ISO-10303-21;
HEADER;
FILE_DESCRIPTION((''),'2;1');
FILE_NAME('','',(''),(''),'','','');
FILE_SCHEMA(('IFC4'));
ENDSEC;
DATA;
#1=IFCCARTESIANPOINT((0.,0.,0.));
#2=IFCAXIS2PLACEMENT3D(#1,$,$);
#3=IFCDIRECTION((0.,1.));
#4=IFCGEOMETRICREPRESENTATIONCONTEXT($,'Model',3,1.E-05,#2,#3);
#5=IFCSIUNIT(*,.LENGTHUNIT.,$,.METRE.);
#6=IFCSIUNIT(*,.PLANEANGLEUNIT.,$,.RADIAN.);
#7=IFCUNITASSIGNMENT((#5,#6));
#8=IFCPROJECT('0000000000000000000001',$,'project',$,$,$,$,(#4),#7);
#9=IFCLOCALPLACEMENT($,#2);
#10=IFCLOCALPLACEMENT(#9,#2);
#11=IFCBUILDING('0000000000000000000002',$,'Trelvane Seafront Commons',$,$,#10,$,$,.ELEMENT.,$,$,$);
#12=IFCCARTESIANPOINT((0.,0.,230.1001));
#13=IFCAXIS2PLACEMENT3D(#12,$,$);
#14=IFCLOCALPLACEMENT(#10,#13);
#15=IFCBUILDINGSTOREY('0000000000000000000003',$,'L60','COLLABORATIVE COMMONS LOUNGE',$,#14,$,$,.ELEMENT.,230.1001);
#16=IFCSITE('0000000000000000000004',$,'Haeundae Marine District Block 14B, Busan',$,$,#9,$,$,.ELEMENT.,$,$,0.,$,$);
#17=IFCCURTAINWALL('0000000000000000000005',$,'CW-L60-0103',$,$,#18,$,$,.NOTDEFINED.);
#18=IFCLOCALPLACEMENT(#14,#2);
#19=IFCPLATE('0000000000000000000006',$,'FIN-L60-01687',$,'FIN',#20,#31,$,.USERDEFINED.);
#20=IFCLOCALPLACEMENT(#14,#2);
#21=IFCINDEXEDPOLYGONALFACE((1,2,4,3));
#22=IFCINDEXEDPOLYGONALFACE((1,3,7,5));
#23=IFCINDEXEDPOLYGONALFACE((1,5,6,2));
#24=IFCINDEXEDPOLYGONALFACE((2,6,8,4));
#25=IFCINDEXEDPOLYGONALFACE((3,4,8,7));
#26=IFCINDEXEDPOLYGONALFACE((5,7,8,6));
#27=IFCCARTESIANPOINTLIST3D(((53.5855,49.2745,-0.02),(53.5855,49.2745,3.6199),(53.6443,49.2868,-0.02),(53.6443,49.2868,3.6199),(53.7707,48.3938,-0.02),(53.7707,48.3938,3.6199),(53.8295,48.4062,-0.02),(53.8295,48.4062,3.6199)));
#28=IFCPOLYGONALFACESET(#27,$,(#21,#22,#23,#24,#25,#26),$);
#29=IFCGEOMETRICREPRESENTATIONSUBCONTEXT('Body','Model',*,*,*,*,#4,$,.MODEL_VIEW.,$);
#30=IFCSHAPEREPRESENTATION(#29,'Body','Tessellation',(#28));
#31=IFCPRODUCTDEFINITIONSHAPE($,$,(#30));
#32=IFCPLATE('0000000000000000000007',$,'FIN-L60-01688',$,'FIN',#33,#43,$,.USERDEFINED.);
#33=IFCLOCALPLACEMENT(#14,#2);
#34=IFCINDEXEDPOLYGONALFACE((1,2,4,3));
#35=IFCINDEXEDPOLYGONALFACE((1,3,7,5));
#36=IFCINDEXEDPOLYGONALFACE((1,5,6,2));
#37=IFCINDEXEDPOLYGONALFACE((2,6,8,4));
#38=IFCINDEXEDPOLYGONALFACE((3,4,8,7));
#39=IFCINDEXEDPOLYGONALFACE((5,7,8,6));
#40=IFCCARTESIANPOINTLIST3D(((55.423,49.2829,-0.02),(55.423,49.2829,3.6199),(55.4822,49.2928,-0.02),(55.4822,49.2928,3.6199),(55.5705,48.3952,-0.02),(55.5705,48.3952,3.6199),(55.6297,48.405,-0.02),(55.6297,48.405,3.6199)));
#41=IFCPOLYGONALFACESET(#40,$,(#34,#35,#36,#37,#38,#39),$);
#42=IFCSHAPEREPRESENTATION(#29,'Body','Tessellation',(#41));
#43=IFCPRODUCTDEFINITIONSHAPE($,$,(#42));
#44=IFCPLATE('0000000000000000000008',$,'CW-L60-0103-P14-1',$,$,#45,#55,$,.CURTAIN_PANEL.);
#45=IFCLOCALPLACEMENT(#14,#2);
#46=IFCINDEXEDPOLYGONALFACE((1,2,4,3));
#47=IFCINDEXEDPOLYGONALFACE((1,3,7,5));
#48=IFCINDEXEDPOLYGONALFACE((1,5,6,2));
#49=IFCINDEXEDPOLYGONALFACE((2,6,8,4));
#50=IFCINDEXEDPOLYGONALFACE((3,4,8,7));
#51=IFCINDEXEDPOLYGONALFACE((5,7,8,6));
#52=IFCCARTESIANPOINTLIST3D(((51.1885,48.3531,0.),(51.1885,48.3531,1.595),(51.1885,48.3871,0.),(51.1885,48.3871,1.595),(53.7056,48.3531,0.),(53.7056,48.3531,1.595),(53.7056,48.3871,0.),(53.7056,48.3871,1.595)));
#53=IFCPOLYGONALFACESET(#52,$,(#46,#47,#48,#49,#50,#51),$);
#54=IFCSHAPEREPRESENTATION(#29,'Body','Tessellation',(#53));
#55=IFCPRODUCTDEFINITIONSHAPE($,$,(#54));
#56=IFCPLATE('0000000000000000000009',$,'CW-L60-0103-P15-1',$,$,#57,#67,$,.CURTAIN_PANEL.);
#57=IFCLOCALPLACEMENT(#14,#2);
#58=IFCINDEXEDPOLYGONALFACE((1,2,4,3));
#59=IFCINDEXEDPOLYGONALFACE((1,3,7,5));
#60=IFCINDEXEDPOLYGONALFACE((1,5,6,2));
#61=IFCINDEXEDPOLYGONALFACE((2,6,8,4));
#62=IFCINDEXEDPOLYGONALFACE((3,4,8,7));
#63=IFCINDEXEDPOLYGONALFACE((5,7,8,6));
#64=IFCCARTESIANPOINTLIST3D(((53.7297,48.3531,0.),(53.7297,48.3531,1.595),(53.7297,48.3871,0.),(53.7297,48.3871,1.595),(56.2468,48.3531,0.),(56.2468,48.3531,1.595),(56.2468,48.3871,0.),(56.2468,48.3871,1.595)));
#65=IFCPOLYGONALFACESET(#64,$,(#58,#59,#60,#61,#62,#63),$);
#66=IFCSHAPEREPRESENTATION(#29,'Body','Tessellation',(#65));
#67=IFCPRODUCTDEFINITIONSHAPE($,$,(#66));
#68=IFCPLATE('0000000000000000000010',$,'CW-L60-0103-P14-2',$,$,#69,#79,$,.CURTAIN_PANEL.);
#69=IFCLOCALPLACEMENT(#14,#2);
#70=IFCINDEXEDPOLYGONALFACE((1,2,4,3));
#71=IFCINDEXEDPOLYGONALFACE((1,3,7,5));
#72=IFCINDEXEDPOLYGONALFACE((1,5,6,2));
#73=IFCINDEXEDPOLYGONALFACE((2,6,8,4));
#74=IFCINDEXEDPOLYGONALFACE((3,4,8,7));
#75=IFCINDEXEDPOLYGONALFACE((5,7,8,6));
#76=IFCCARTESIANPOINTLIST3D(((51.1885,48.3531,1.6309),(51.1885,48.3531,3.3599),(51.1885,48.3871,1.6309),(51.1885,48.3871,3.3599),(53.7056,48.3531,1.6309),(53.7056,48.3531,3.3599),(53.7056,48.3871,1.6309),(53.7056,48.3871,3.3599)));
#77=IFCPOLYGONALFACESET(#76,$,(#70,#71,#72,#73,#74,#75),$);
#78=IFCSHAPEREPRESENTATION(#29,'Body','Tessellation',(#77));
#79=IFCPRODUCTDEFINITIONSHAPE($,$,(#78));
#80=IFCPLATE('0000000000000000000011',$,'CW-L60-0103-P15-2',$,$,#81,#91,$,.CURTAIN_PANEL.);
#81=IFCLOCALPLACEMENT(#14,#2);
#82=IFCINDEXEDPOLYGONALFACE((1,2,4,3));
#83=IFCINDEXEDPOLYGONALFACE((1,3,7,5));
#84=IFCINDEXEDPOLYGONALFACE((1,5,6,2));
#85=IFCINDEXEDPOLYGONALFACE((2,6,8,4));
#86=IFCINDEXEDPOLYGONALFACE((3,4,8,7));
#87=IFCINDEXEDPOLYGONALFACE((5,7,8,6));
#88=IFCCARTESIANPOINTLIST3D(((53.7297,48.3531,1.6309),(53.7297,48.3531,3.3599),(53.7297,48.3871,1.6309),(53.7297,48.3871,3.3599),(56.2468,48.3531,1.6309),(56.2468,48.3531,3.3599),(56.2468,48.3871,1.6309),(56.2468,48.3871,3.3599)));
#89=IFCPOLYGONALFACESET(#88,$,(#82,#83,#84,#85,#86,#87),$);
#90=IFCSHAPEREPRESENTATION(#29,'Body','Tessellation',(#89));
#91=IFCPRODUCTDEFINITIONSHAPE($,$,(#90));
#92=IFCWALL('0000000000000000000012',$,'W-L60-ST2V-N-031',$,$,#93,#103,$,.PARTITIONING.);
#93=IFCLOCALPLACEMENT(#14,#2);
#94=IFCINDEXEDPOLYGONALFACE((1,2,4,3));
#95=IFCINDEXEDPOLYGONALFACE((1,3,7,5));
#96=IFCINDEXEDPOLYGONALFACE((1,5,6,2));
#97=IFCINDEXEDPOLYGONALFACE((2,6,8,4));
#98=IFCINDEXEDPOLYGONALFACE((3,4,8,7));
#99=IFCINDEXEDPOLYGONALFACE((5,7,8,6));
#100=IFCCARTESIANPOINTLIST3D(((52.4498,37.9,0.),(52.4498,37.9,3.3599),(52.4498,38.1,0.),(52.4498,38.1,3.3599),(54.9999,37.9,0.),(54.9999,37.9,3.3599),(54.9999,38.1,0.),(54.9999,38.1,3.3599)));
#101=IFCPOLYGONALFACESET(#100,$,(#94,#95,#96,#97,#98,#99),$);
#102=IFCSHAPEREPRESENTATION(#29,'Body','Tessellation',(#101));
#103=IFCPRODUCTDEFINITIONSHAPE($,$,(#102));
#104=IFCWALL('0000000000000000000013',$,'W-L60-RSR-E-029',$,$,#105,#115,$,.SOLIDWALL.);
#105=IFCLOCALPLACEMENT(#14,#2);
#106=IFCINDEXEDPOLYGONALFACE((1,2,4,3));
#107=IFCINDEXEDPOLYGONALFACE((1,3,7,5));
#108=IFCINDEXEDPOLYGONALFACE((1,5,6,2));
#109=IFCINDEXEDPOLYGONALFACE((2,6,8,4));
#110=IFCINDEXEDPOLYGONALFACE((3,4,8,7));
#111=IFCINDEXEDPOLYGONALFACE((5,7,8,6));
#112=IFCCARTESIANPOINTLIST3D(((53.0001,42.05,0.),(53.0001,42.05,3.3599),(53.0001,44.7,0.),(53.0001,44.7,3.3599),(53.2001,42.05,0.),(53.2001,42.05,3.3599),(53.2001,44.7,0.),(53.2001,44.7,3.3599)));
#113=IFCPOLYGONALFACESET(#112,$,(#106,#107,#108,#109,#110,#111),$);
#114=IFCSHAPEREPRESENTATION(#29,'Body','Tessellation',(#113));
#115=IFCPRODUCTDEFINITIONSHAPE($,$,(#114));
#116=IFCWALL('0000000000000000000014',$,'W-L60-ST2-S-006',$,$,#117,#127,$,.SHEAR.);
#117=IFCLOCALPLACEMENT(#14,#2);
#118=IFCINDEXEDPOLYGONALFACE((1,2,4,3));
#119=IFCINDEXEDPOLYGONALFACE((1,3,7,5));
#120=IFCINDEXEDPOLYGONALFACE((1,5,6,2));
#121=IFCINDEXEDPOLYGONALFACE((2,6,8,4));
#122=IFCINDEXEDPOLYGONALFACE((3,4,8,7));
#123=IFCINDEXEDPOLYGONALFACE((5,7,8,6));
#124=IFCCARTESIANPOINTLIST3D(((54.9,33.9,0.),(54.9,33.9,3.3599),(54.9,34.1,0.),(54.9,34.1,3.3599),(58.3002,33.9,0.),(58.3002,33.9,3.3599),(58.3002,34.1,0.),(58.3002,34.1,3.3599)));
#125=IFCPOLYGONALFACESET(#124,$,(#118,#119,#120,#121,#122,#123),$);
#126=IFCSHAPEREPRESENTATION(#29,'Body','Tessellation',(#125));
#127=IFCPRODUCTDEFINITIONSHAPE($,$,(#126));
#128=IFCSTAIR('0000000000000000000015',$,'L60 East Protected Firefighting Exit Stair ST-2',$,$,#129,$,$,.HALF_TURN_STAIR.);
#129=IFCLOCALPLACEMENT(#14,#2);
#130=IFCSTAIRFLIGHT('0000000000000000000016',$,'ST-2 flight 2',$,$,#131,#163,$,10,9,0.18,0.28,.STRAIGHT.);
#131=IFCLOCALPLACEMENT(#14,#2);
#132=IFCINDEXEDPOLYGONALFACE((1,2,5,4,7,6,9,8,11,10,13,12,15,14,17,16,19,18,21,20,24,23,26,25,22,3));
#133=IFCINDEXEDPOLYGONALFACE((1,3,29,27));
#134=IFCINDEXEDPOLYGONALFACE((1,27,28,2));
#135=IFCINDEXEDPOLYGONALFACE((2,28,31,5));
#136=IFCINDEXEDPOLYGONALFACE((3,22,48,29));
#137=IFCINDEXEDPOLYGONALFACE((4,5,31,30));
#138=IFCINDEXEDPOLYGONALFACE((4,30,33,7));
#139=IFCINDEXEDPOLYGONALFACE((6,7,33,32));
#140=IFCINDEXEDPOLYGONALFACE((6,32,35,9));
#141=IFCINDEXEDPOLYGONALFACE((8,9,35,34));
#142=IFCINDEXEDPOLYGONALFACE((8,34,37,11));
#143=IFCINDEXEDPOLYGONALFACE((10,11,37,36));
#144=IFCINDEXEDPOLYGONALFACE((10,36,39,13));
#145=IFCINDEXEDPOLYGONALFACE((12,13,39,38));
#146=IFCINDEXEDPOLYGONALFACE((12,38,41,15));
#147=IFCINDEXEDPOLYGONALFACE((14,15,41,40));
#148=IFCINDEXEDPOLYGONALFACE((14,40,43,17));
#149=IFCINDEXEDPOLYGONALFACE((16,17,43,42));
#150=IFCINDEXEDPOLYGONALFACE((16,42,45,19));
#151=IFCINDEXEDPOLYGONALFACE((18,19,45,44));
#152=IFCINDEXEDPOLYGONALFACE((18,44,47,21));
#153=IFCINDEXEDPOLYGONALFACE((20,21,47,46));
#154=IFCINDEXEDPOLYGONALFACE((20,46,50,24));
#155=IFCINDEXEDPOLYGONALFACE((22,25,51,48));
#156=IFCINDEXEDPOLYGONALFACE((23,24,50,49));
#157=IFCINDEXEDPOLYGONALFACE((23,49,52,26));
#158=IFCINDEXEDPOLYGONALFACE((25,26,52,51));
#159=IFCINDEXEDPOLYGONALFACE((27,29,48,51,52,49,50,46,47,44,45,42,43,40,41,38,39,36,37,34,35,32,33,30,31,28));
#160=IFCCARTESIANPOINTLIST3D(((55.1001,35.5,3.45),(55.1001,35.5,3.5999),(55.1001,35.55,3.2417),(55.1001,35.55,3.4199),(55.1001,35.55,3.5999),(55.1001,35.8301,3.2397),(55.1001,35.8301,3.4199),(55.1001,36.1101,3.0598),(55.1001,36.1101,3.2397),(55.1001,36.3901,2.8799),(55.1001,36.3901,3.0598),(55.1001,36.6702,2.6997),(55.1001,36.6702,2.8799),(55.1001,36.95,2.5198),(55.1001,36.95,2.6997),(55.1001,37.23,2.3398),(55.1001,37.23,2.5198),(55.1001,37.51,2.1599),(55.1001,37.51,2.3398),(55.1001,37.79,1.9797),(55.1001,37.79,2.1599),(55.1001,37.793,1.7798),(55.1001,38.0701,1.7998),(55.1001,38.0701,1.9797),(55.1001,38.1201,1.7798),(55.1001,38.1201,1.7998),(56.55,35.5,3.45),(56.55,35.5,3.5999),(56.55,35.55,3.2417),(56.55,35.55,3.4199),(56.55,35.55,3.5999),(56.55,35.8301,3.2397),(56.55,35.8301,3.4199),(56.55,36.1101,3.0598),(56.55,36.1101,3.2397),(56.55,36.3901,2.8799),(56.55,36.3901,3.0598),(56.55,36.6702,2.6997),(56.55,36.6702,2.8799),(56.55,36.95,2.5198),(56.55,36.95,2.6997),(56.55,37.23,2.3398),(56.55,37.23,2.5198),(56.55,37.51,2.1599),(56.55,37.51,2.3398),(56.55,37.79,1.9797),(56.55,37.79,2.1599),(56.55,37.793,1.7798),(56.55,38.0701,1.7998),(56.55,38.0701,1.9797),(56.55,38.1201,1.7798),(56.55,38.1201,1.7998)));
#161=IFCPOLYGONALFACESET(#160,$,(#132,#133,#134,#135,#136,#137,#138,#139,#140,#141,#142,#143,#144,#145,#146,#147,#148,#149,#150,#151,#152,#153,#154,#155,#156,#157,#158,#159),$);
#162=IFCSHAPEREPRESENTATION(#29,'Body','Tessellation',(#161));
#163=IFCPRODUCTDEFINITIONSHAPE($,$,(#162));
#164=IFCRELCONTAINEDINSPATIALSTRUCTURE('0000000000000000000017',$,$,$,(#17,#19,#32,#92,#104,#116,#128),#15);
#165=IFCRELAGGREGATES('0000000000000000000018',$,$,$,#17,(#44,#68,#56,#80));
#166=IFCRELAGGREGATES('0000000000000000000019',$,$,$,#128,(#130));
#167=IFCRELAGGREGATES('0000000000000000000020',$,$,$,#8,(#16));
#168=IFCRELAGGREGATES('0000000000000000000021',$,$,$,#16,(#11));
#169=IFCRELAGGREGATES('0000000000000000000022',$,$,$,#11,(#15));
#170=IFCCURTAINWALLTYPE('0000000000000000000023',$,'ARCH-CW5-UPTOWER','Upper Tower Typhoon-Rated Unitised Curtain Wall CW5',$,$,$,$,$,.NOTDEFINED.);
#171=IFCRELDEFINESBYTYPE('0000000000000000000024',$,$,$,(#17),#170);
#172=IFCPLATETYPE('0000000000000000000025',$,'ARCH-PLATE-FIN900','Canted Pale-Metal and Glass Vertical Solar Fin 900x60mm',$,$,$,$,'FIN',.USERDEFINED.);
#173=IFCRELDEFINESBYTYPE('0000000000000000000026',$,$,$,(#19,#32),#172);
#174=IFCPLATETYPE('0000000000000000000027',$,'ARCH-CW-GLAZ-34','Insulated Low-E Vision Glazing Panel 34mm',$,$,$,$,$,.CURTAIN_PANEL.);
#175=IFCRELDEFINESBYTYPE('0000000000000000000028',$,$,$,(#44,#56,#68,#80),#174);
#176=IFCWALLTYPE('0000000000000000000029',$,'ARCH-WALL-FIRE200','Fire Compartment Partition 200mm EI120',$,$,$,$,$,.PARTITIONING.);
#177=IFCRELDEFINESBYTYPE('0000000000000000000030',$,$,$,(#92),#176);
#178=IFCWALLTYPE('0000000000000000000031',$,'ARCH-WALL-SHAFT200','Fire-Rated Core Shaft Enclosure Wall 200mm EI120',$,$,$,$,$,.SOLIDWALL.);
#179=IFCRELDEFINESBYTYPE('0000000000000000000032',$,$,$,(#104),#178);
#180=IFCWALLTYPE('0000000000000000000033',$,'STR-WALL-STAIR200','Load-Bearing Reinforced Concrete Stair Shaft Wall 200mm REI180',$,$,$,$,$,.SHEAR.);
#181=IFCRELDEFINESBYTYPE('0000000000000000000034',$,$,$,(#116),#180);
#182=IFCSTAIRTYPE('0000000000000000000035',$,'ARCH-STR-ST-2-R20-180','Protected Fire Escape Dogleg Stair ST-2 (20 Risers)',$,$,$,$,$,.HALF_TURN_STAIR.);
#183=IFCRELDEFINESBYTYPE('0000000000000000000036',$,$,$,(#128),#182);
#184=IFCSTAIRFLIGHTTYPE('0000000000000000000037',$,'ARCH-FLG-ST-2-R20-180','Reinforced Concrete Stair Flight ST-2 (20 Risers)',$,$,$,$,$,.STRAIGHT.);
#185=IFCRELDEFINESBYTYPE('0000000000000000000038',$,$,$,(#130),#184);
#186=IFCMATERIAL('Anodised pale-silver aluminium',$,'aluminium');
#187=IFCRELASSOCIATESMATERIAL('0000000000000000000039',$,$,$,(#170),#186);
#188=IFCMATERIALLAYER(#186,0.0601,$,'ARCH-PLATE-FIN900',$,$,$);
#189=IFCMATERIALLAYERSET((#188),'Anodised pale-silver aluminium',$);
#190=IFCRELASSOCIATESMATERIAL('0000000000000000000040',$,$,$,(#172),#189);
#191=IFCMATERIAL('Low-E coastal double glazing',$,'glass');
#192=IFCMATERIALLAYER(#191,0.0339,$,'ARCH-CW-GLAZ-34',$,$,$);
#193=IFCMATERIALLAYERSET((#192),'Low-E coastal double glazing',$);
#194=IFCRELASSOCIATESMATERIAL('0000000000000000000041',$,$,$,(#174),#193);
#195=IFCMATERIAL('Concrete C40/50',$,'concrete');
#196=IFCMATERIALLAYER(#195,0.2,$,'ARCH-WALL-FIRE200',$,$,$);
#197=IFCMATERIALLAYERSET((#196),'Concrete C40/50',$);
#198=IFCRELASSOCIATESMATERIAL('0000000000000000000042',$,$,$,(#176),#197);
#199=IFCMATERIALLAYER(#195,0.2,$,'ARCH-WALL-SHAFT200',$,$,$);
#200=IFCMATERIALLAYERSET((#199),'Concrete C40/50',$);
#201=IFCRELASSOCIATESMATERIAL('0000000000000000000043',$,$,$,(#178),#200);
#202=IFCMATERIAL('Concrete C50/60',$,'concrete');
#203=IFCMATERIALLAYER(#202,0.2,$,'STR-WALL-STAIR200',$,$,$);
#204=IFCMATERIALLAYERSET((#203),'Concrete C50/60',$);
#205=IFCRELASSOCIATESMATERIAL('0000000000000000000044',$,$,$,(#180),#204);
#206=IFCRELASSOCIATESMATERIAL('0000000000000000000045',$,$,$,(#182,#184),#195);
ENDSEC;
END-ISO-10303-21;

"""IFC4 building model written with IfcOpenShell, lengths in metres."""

from ifc_helpers import new_model, si_unit, direction, frame, frame_2d, origin, origin_2d, place, context, subcontext, project, spatial, polyline, rectangle, outline, extrude, source, transform, mapped, material, layer, layer_set, type_object, element, aggregate, save


model = new_model("IFC4")

# Units and contexts
model_context = context("Model", 3, precision=1e-05, world=origin(), true_north=direction((0.0, 1.0)))
body_context = subcontext(model_context, "Body", "Model", "MODEL_VIEW")
ifc_project = project(units=[si_unit("LENGTHUNIT", "METRE"), si_unit("PLANEANGLEUNIT", "RADIAN")], contexts=[model_context])

# Site, building, storey
site_placement = place(None, origin())
site = spatial("IfcSite", under=ifc_project, at=site_placement, Name="Haeundae Marine District Block 14B, Busan", CompositionType="ELEMENT", RefElevation=0.0)
building_placement = place(site_placement, origin())
building = spatial("IfcBuilding", under=site, at=building_placement, Name="Trelvane Seafront Commons", CompositionType="ELEMENT")
storey_placement = place(building_placement, frame((0.0, 0.0, 230.1001)))
storey = spatial("IfcBuildingStorey", under=building, at=storey_placement, Name="L60", Description="COLLABORATIVE COMMONS LOUNGE", CompositionType="ELEMENT", Elevation=230.1001)

# Shared definitions
ifc_material_1 = material(Name="Concrete C50/60", Category="concrete")

# Curtain wall
ifc_material_2 = material(Name="Anodised pale-silver aluminium", Category="aluminium")
curtain_wall_type = type_object("IfcCurtainWallType", Name="ARCH-CW5-UPTOWER", Description="Upper Tower Typhoon-Rated Unitised Curtain Wall CW5", PredefinedType="NOTDEFINED", material=ifc_material_2)
curtain_wall_placement = place(storey_placement, origin())
curtain_wall = element("IfcCurtainWall", 1, at=curtain_wall_placement, inside=storey, type_object=curtain_wall_type, Name="CW-L60-0103", PredefinedType="NOTDEFINED")

# Plates
ifc_layer_1 = layer(ifc_material_2, 0.0601, Name="ARCH-PLATE-FIN900")
ifc_layer_set_1 = layer_set([ifc_layer_1], Name="Anodised pale-silver aluminium")
plate_type_1 = type_object("IfcPlateType", Name="ARCH-PLATE-FIN900", Description="Canted Pale-Metal and Glass Vertical Solar Fin 900x60mm", ElementType="FIN", PredefinedType="USERDEFINED", material=ifc_layer_set_1)
shared_shape_1 = source(origin(), body_context, "Body", "SweptSolid", [
    extrude(rectangle(XDim=0.8999, YDim=0.0601, at=origin_2d()), origin(), (0.0, 0.0, 1.0), 3.6399),
])
for number, where, z_axis, x_axis, name in (
    (2, (53.7075, 48.8403, -0.02), (0.0, 0.0, 1.0), (-0.205786, 0.978597, 0.0), "FIN-L60-01687"),
    (3, (55.5264, 48.844, -0.02), (0.0, 0.0, 1.0), (-0.163894, 0.986478, 0.0), "FIN-L60-01688"),
):
    element("IfcPlate", number, at=place(storey_placement, frame(where, z_axis=z_axis, x_axis=x_axis)), inside=storey, type_object=plate_type_1, Name=name, ObjectType="FIN", PredefinedType="USERDEFINED", context=body_context, shape_type="MappedRepresentation", body=[
        mapped(shared_shape_1, transform((0.0, 0.0, 0.0), x_axis=(1.0, 0.0, 0.0), y_axis=(0.0, 1.0, 0.0), z_axis=(0.0, 0.0, 1.0), scale=1.0)),
    ])

# Plates
ifc_material_3 = material(Name="Low-E coastal double glazing", Category="glass")
ifc_layer_2 = layer(ifc_material_3, 0.0339, Name="ARCH-CW-GLAZ-34")
ifc_layer_set_2 = layer_set([ifc_layer_2], Name="Low-E coastal double glazing")
plate_type_2 = type_object("IfcPlateType", Name="ARCH-CW-GLAZ-34", Description="Insulated Low-E Vision Glazing Panel 34mm", PredefinedType="CURTAIN_PANEL", material=ifc_layer_set_2)
shared_shape_2 = source(origin(), body_context, "Body", "SweptSolid", [
    extrude(rectangle(XDim=2.5171, YDim=0.0339, at=origin_2d()), origin(), (0.0, 0.0, 1.0), 1.595),
])
plate_1_placement = place(storey_placement, frame((52.447, 48.3701, 0.0), z_axis=(0.0, 0.0, 1.0), x_axis=(1.0, 0.0, 0.0)))
plate_1 = element("IfcPlate", 4, at=plate_1_placement, type_object=plate_type_2, Name="CW-L60-0103-P14-1", PredefinedType="CURTAIN_PANEL", context=body_context, shape_type="MappedRepresentation", body=[
    mapped(shared_shape_2, transform((0.0, 0.0, 0.0), x_axis=(1.0, 0.0, 0.0), y_axis=(0.0, 1.0, 0.0), z_axis=(0.0, 0.0, 1.0), scale=1.0)),
])
plate_2_placement = place(storey_placement, frame((54.9883, 48.3701, 0.0), z_axis=(0.0, 0.0, 1.0), x_axis=(1.0, 0.0, 0.0)))
plate_2 = element("IfcPlate", 5, at=plate_2_placement, type_object=plate_type_2, Name="CW-L60-0103-P15-1", PredefinedType="CURTAIN_PANEL", context=body_context, shape_type="MappedRepresentation", body=[
    mapped(shared_shape_2, transform((0.0, 0.0, 0.0), x_axis=(1.0, 0.0, 0.0), y_axis=(0.0, 1.0, 0.0), z_axis=(0.0, 0.0, 1.0), scale=1.0)),
])
shared_shape_3 = source(origin(), body_context, "Body", "SweptSolid", [
    extrude(rectangle(XDim=2.5171, YDim=0.0339, at=origin_2d()), origin(), (0.0, 0.0, 1.0), 1.729),
])
plate_3_placement = place(storey_placement, frame((52.447, 48.3701, 1.6309), z_axis=(0.0, 0.0, 1.0), x_axis=(1.0, 0.0, 0.0)))
plate_3 = element("IfcPlate", 6, at=plate_3_placement, type_object=plate_type_2, Name="CW-L60-0103-P14-2", PredefinedType="CURTAIN_PANEL", context=body_context, shape_type="MappedRepresentation", body=[
    mapped(shared_shape_3, transform((0.0, 0.0, 0.0), x_axis=(1.0, 0.0, 0.0), y_axis=(0.0, 1.0, 0.0), z_axis=(0.0, 0.0, 1.0), scale=1.0)),
])
plate_4_placement = place(storey_placement, frame((54.9883, 48.3701, 1.6309), z_axis=(0.0, 0.0, 1.0), x_axis=(1.0, 0.0, 0.0)))
plate_4 = element("IfcPlate", 7, at=plate_4_placement, type_object=plate_type_2, Name="CW-L60-0103-P15-2", PredefinedType="CURTAIN_PANEL", context=body_context, shape_type="MappedRepresentation", body=[
    mapped(shared_shape_3, transform((0.0, 0.0, 0.0), x_axis=(1.0, 0.0, 0.0), y_axis=(0.0, 1.0, 0.0), z_axis=(0.0, 0.0, 1.0), scale=1.0)),
])
aggregate(curtain_wall, [plate_1, plate_3, plate_2, plate_4])

# Walls
ifc_material_4 = material(Name="Concrete C40/50", Category="concrete")
ifc_layer_3 = layer(ifc_material_4, 0.2, Name="ARCH-WALL-FIRE200")
ifc_layer_set_3 = layer_set([ifc_layer_3], Name="Concrete C40/50")
wall_type_1 = type_object("IfcWallType", Name="ARCH-WALL-FIRE200", Description="Fire Compartment Partition 200mm EI120", PredefinedType="PARTITIONING", material=ifc_layer_set_3)
wall_1_placement = place(storey_placement, frame((52.45, 38.0, 0.0), z_axis=(0.0, 0.0, 1.0), x_axis=(1.0, 0.0, 0.0)))
element("IfcWall", 8, at=wall_1_placement, inside=storey, type_object=wall_type_1, Name="W-L60-ST2V-N-031", PredefinedType="PARTITIONING", context=body_context, shape_type="SweptSolid", body=[
    extrude(rectangle(XDim=2.55, YDim=0.2, at=frame_2d((1.2749, 0.0))), origin(), (0.0, 0.0, 1.0), 3.3599),
])
ifc_layer_4 = layer(ifc_material_4, 0.2, Name="ARCH-WALL-SHAFT200")
ifc_layer_set_4 = layer_set([ifc_layer_4], Name="Concrete C40/50")
wall_type_2 = type_object("IfcWallType", Name="ARCH-WALL-SHAFT200", Description="Fire-Rated Core Shaft Enclosure Wall 200mm EI120", PredefinedType="SOLIDWALL", material=ifc_layer_set_4)
wall_2_placement = place(storey_placement, frame((53.1001, 42.05, 0.0), z_axis=(0.0, 0.0, 1.0), x_axis=(0.0, 1.0, 0.0)))
element("IfcWall", 9, at=wall_2_placement, inside=storey, type_object=wall_type_2, Name="W-L60-RSR-E-029", PredefinedType="SOLIDWALL", context=body_context, shape_type="SweptSolid", body=[
    extrude(rectangle(XDim=2.6499, YDim=0.2, at=frame_2d((1.325, 0.0))), origin(), (0.0, 0.0, 1.0), 3.3599),
])
ifc_layer_5 = layer(ifc_material_1, 0.2, Name="STR-WALL-STAIR200")
ifc_layer_set_5 = layer_set([ifc_layer_5], Name="Concrete C50/60")
wall_type_3 = type_object("IfcWallType", Name="STR-WALL-STAIR200", Description="Load-Bearing Reinforced Concrete Stair Shaft Wall 200mm REI180", PredefinedType="SHEAR", material=ifc_layer_set_5)
wall_3_placement = place(storey_placement, frame((54.8999, 34.0, 0.0), z_axis=(0.0, 0.0, 1.0), x_axis=(1.0, 0.0, 0.0)))
element("IfcWall", 10, at=wall_3_placement, inside=storey, type_object=wall_type_3, Name="W-L60-ST2-S-006", PredefinedType="SHEAR", context=body_context, shape_type="SweptSolid", body=[
    extrude(rectangle(XDim=3.4001, YDim=0.2, at=frame_2d((1.7002, 0.0))), origin(), (0.0, 0.0, 1.0), 3.3599),
])

# Stair, stair flight
stair_type = type_object("IfcStairType", Name="ARCH-STR-ST-2-R20-180", Description="Protected Fire Escape Dogleg Stair ST-2 (20 Risers)", PredefinedType="HALF_TURN_STAIR", material=ifc_material_4)
stair_placement = place(storey_placement, origin())
stair = element("IfcStair", 11, at=stair_placement, inside=storey, type_object=stair_type, Name="L60 East Protected Firefighting Exit Stair ST-2", PredefinedType="HALF_TURN_STAIR")
stair_flight_type = type_object("IfcStairFlightType", Name="ARCH-FLG-ST-2-R20-180", Description="Reinforced Concrete Stair Flight ST-2 (20 Risers)", PredefinedType="STRAIGHT", material=ifc_material_4)
shared_shape_4 = source(origin(), body_context, "Body", "SweptSolid", [
    extrude(outline(polyline([(-0.05, -0.02), (-0.05, 0.0), (0.0, 0.0), (0.0, 0.1799), (0.28, 0.1799), (0.28, 0.3601), (0.5601, 0.3601), (0.5601, 0.54), (0.8401, 0.54), (0.8401, 0.72), (1.1201, 0.72), (1.1201, 0.8999), (1.3999, 0.8999), (1.3999, 1.0801), (1.6799, 1.0801), (1.6799, 1.26), (1.96, 1.26), (1.96, 1.4399), (2.24, 1.4399), (2.24, 1.6201), (2.52, 1.6201), (2.52, 1.8), (2.5701, 1.8), (2.5701, 1.6501), (2.52, 1.4419), (0.2771, -0.02), (-0.05, -0.02)])), frame((0.0, 0.7251, 0.0), z_axis=(0.0, -1.0, 0.0), x_axis=(1.0, 0.0, 0.0)), (0.0, 0.0, 1.0), 1.45),
])
stair_flight_placement = place(storey_placement, frame((55.825, 38.0701, 1.7998), z_axis=(0.0, 0.0, 1.0), x_axis=(0.0, -1.0, 0.0)))
stair_flight = element("IfcStairFlight", 12, at=stair_flight_placement, type_object=stair_flight_type, Name="ST-2 flight 2", NumberOfRisers=10, NumberOfTreads=9, PredefinedType="STRAIGHT", RiserHeight=0.18, TreadLength=0.28, context=body_context, shape_type="MappedRepresentation", body=[
    mapped(shared_shape_4, transform((0.0, 0.0, 0.0), x_axis=(1.0, 0.0, 0.0), y_axis=(0.0, 1.0, 0.0), z_axis=(0.0, 0.0, 1.0), scale=1.0)),
])
aggregate(stair, [stair_flight])

save(model, "model.ifc")
